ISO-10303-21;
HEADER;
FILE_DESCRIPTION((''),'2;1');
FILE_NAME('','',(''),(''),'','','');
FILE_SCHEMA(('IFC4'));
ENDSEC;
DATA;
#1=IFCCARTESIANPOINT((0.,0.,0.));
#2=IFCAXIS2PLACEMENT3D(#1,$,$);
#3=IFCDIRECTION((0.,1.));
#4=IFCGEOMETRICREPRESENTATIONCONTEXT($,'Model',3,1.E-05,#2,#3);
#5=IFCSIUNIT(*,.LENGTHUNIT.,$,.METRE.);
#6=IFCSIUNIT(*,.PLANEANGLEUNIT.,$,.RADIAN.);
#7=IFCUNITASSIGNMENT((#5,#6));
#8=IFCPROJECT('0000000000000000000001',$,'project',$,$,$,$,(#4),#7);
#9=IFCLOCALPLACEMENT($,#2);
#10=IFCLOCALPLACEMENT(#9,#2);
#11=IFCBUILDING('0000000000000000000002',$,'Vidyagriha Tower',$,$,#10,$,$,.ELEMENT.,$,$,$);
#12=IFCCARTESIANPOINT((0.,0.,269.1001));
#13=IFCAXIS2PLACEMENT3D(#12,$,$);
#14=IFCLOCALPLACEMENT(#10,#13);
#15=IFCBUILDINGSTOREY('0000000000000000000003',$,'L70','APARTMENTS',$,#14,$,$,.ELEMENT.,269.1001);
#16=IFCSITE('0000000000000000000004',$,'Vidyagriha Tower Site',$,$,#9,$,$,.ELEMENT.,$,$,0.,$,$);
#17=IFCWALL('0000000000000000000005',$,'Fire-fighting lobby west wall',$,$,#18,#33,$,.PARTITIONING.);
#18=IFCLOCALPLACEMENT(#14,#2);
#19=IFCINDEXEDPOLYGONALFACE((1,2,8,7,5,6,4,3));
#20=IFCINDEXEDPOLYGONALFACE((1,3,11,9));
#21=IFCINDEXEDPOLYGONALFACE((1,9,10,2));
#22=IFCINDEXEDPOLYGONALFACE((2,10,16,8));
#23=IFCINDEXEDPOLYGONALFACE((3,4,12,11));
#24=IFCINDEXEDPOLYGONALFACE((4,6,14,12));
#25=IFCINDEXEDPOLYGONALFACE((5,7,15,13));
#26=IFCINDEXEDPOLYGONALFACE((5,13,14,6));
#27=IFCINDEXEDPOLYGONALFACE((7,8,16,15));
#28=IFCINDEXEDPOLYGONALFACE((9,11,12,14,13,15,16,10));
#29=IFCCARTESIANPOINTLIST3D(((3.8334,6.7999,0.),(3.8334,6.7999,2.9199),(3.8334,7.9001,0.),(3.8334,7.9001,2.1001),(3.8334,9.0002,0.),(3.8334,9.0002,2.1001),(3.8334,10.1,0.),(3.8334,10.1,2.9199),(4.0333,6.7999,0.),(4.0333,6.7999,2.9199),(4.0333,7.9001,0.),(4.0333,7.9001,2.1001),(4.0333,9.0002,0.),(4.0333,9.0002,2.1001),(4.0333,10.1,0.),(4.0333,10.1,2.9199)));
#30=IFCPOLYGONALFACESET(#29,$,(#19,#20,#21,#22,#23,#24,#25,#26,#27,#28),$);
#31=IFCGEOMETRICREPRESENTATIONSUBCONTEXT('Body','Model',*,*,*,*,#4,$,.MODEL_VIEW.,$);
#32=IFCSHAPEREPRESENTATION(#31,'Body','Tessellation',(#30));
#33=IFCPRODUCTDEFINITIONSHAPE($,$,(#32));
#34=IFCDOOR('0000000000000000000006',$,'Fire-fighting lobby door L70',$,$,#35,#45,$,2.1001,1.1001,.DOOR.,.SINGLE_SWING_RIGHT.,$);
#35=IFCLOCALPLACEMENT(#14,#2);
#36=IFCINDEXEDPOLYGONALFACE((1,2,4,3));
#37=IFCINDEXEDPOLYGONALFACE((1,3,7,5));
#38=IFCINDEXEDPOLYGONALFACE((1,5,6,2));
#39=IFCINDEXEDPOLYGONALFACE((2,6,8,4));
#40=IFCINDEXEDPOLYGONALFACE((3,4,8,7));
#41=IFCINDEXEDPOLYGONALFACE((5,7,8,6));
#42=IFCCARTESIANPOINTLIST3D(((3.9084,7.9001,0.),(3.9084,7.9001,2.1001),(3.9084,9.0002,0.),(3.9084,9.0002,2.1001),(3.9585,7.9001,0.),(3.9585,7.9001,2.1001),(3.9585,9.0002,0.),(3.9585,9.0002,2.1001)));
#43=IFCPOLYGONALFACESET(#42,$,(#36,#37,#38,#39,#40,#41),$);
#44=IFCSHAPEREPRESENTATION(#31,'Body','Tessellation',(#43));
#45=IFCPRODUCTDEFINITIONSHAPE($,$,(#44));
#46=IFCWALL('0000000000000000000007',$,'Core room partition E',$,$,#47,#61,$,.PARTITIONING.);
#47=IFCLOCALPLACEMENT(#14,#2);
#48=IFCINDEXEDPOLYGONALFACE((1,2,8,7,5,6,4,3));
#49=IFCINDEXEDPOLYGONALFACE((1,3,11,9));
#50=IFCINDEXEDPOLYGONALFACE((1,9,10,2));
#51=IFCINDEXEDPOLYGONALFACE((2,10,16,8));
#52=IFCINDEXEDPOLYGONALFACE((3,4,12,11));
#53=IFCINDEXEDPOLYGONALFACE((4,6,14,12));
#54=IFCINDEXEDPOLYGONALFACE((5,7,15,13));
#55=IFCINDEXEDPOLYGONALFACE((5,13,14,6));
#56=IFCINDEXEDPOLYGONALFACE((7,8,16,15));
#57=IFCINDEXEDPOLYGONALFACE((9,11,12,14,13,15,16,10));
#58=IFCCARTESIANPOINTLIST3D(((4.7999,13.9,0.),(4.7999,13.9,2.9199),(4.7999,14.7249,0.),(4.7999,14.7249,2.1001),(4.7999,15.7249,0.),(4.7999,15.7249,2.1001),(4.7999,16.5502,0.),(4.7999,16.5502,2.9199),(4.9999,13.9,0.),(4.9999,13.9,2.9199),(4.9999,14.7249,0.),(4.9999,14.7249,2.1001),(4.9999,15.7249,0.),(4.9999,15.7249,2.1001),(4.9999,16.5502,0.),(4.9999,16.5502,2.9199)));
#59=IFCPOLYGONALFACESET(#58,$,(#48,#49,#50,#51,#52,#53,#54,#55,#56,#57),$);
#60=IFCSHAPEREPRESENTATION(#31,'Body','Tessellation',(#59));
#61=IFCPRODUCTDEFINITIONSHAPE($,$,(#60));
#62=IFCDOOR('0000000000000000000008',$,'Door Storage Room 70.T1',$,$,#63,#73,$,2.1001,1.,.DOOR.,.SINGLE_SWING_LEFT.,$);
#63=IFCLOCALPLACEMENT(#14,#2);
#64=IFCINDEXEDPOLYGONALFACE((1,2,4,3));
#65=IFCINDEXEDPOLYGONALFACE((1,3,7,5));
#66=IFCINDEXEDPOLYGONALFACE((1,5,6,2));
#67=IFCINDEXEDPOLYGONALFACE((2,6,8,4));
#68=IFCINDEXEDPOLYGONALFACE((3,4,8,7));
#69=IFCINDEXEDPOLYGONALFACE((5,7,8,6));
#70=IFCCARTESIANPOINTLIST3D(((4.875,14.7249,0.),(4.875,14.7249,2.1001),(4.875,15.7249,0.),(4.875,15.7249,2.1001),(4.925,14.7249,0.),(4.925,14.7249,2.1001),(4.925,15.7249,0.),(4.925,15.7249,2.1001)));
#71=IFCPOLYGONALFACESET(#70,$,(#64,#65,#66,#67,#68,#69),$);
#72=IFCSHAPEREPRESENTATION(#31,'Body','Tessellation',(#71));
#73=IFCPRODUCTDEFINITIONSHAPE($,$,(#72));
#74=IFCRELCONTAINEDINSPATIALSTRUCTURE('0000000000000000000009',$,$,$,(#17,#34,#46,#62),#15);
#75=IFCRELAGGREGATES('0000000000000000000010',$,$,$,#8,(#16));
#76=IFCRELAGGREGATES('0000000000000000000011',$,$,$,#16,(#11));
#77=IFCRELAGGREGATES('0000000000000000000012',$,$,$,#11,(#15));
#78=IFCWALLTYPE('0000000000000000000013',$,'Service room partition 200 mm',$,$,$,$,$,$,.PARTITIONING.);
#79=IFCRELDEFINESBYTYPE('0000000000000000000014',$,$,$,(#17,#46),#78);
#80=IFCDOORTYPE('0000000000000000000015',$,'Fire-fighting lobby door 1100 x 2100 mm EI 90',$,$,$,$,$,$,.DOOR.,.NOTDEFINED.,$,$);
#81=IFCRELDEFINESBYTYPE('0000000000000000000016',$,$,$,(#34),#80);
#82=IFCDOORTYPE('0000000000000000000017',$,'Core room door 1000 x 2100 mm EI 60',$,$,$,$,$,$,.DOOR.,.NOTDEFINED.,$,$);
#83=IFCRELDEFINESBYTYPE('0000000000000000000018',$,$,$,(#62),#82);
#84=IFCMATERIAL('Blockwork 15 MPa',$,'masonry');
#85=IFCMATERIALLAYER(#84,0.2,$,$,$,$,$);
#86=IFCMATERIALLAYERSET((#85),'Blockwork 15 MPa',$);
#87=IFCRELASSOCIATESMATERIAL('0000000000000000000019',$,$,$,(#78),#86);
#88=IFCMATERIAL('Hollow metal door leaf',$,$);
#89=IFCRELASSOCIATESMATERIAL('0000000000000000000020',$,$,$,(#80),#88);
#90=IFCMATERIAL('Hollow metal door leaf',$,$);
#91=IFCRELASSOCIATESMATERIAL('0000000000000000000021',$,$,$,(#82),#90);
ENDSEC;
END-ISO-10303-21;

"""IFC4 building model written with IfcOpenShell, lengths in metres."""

from ifc_helpers import new_model, si_unit, direction, frame, frame_2d, origin, place, context, subcontext, project, spatial, rectangle, extrude, material, layer, layer_set, type_object, element, fill, save


model = new_model("IFC4")

# Units and contexts
model_context = context("Model", 3, precision=1e-05, world=origin(), true_north=direction((0.0, 1.0)))
body_context = subcontext(model_context, "Body", "Model", "MODEL_VIEW")
ifc_project = project(units=[si_unit("LENGTHUNIT", "METRE"), si_unit("PLANEANGLEUNIT", "RADIAN")], contexts=[model_context])

# Site, building, storey
site_placement = place(None, origin())
site = spatial("IfcSite", under=ifc_project, at=site_placement, Name="Vidyagriha Tower Site", CompositionType="ELEMENT", RefElevation=0.0)
building_placement = place(site_placement, origin())
building = spatial("IfcBuilding", under=site, at=building_placement, Name="Vidyagriha Tower", CompositionType="ELEMENT")
storey_placement = place(building_placement, frame((0.0, 0.0, 269.1001)))
storey = spatial("IfcBuildingStorey", under=building, at=storey_placement, Name="L70", Description="APARTMENTS", CompositionType="ELEMENT", Elevation=269.1001)

# Walls, openings, doors
ifc_material_1 = material(Name="Blockwork 15 MPa", Category="masonry")
ifc_layer_1 = layer(ifc_material_1, 0.2)
ifc_layer_set_1 = layer_set([ifc_layer_1], Name="Blockwork 15 MPa")
wall_type_1 = type_object("IfcWallType", Name="Service room partition 200 mm", PredefinedType="PARTITIONING", material=ifc_layer_set_1)
wall_1_placement = place(storey_placement, frame((3.9333, 6.8, 0.0), z_axis=(0.0, 0.0, 1.0), x_axis=(0.0, 1.0, 0.0)))
wall_1 = element("IfcWall", 1, at=wall_1_placement, inside=storey, type_object=wall_type_1, Name="Fire-fighting lobby west wall", PredefinedType="PARTITIONING", context=body_context, shape_type="SweptSolid", body=[
    extrude(rectangle(XDim=3.3, YDim=0.2, at=frame_2d((1.6499, 0.0))), origin(), (0.0, 0.0, 1.0), 2.9199),
])
opening_1_placement = place(wall_1_placement, frame((1.1001, 0.0, 0.0)))
opening_1 = element("IfcOpeningElement", 2, at=opening_1_placement, cuts=wall_1, PredefinedType="OPENING", context=body_context, shape_type="SweptSolid", body=[
    extrude(rectangle(XDim=1.1001, YDim=2.1001, at=frame_2d((0.55, 1.05))), frame((0.0, 0.1099, 0.0), z_axis=(0.0, -1.0, 0.0), x_axis=(1.0, 0.0, 0.0)), (0.0, 0.0, 1.0), 0.22),
])
ifc_material_2 = material(Name="Hollow metal door leaf")
door_type_1 = type_object("IfcDoorType", Name="Fire-fighting lobby door 1100 x 2100 mm EI 90", OperationType="NOTDEFINED", PredefinedType="DOOR", material=ifc_material_2)
door_1_placement = place(opening_1_placement, origin())
door_1 = element("IfcDoor", 3, at=door_1_placement, inside=storey, type_object=door_type_1, Name="Fire-fighting lobby door L70", OperationType="SINGLE_SWING_RIGHT", OverallHeight=2.1001, OverallWidth=1.1001, PredefinedType="DOOR", context=body_context, shape_type="SweptSolid", body=[
    extrude(rectangle(XDim=1.1001, YDim=2.1001, at=frame_2d((0.55, 1.05))), frame((0.0, 0.0249, 0.0), z_axis=(0.0, -1.0, 0.0), x_axis=(1.0, 0.0, 0.0)), (0.0, 0.0, 1.0), 0.05),
])
fill(opening_1, door_1)
wall_2_placement = place(storey_placement, frame((4.8999, 13.8999, 0.0), z_axis=(0.0, 0.0, 1.0), x_axis=(0.0, 1.0, 0.0)))
wall_2 = element("IfcWall", 4, at=wall_2_placement, inside=storey, type_object=wall_type_1, Name="Core room partition E", PredefinedType="PARTITIONING", context=body_context, shape_type="SweptSolid", body=[
    extrude(rectangle(XDim=2.6501, YDim=0.2, at=frame_2d((1.3252, 0.0))), origin(), (0.0, 0.0, 1.0), 2.9199),
])
opening_2_placement = place(wall_2_placement, frame((0.825, 0.0, 0.0)))
opening_2 = element("IfcOpeningElement", 5, at=opening_2_placement, cuts=wall_2, PredefinedType="OPENING", context=body_context, shape_type="SweptSolid", body=[
    extrude(rectangle(XDim=1.0, YDim=2.1001, at=frame_2d((0.5, 1.05))), frame((0.0, 0.1099, 0.0), z_axis=(0.0, -1.0, 0.0), x_axis=(1.0, 0.0, 0.0)), (0.0, 0.0, 1.0), 0.22),
])
ifc_material_3 = material(Name="Hollow metal door leaf")
door_type_2 = type_object("IfcDoorType", Name="Core room door 1000 x 2100 mm EI 60", OperationType="NOTDEFINED", PredefinedType="DOOR", material=ifc_material_3)
door_2_placement = place(opening_2_placement, origin())
door_2 = element("IfcDoor", 6, at=door_2_placement, inside=storey, type_object=door_type_2, Name="Door Storage Room 70.T1", OperationType="SINGLE_SWING_LEFT", OverallHeight=2.1001, OverallWidth=1.0, PredefinedType="DOOR", context=body_context, shape_type="SweptSolid", body=[
    extrude(rectangle(XDim=1.0, YDim=2.1001, at=frame_2d((0.5, 1.05))), frame((0.0, 0.0249, 0.0), z_axis=(0.0, -1.0, 0.0), x_axis=(1.0, 0.0, 0.0)), (0.0, 0.0, 1.0), 0.05),
])
fill(opening_2, door_2)

save(model, "model.ifc")
